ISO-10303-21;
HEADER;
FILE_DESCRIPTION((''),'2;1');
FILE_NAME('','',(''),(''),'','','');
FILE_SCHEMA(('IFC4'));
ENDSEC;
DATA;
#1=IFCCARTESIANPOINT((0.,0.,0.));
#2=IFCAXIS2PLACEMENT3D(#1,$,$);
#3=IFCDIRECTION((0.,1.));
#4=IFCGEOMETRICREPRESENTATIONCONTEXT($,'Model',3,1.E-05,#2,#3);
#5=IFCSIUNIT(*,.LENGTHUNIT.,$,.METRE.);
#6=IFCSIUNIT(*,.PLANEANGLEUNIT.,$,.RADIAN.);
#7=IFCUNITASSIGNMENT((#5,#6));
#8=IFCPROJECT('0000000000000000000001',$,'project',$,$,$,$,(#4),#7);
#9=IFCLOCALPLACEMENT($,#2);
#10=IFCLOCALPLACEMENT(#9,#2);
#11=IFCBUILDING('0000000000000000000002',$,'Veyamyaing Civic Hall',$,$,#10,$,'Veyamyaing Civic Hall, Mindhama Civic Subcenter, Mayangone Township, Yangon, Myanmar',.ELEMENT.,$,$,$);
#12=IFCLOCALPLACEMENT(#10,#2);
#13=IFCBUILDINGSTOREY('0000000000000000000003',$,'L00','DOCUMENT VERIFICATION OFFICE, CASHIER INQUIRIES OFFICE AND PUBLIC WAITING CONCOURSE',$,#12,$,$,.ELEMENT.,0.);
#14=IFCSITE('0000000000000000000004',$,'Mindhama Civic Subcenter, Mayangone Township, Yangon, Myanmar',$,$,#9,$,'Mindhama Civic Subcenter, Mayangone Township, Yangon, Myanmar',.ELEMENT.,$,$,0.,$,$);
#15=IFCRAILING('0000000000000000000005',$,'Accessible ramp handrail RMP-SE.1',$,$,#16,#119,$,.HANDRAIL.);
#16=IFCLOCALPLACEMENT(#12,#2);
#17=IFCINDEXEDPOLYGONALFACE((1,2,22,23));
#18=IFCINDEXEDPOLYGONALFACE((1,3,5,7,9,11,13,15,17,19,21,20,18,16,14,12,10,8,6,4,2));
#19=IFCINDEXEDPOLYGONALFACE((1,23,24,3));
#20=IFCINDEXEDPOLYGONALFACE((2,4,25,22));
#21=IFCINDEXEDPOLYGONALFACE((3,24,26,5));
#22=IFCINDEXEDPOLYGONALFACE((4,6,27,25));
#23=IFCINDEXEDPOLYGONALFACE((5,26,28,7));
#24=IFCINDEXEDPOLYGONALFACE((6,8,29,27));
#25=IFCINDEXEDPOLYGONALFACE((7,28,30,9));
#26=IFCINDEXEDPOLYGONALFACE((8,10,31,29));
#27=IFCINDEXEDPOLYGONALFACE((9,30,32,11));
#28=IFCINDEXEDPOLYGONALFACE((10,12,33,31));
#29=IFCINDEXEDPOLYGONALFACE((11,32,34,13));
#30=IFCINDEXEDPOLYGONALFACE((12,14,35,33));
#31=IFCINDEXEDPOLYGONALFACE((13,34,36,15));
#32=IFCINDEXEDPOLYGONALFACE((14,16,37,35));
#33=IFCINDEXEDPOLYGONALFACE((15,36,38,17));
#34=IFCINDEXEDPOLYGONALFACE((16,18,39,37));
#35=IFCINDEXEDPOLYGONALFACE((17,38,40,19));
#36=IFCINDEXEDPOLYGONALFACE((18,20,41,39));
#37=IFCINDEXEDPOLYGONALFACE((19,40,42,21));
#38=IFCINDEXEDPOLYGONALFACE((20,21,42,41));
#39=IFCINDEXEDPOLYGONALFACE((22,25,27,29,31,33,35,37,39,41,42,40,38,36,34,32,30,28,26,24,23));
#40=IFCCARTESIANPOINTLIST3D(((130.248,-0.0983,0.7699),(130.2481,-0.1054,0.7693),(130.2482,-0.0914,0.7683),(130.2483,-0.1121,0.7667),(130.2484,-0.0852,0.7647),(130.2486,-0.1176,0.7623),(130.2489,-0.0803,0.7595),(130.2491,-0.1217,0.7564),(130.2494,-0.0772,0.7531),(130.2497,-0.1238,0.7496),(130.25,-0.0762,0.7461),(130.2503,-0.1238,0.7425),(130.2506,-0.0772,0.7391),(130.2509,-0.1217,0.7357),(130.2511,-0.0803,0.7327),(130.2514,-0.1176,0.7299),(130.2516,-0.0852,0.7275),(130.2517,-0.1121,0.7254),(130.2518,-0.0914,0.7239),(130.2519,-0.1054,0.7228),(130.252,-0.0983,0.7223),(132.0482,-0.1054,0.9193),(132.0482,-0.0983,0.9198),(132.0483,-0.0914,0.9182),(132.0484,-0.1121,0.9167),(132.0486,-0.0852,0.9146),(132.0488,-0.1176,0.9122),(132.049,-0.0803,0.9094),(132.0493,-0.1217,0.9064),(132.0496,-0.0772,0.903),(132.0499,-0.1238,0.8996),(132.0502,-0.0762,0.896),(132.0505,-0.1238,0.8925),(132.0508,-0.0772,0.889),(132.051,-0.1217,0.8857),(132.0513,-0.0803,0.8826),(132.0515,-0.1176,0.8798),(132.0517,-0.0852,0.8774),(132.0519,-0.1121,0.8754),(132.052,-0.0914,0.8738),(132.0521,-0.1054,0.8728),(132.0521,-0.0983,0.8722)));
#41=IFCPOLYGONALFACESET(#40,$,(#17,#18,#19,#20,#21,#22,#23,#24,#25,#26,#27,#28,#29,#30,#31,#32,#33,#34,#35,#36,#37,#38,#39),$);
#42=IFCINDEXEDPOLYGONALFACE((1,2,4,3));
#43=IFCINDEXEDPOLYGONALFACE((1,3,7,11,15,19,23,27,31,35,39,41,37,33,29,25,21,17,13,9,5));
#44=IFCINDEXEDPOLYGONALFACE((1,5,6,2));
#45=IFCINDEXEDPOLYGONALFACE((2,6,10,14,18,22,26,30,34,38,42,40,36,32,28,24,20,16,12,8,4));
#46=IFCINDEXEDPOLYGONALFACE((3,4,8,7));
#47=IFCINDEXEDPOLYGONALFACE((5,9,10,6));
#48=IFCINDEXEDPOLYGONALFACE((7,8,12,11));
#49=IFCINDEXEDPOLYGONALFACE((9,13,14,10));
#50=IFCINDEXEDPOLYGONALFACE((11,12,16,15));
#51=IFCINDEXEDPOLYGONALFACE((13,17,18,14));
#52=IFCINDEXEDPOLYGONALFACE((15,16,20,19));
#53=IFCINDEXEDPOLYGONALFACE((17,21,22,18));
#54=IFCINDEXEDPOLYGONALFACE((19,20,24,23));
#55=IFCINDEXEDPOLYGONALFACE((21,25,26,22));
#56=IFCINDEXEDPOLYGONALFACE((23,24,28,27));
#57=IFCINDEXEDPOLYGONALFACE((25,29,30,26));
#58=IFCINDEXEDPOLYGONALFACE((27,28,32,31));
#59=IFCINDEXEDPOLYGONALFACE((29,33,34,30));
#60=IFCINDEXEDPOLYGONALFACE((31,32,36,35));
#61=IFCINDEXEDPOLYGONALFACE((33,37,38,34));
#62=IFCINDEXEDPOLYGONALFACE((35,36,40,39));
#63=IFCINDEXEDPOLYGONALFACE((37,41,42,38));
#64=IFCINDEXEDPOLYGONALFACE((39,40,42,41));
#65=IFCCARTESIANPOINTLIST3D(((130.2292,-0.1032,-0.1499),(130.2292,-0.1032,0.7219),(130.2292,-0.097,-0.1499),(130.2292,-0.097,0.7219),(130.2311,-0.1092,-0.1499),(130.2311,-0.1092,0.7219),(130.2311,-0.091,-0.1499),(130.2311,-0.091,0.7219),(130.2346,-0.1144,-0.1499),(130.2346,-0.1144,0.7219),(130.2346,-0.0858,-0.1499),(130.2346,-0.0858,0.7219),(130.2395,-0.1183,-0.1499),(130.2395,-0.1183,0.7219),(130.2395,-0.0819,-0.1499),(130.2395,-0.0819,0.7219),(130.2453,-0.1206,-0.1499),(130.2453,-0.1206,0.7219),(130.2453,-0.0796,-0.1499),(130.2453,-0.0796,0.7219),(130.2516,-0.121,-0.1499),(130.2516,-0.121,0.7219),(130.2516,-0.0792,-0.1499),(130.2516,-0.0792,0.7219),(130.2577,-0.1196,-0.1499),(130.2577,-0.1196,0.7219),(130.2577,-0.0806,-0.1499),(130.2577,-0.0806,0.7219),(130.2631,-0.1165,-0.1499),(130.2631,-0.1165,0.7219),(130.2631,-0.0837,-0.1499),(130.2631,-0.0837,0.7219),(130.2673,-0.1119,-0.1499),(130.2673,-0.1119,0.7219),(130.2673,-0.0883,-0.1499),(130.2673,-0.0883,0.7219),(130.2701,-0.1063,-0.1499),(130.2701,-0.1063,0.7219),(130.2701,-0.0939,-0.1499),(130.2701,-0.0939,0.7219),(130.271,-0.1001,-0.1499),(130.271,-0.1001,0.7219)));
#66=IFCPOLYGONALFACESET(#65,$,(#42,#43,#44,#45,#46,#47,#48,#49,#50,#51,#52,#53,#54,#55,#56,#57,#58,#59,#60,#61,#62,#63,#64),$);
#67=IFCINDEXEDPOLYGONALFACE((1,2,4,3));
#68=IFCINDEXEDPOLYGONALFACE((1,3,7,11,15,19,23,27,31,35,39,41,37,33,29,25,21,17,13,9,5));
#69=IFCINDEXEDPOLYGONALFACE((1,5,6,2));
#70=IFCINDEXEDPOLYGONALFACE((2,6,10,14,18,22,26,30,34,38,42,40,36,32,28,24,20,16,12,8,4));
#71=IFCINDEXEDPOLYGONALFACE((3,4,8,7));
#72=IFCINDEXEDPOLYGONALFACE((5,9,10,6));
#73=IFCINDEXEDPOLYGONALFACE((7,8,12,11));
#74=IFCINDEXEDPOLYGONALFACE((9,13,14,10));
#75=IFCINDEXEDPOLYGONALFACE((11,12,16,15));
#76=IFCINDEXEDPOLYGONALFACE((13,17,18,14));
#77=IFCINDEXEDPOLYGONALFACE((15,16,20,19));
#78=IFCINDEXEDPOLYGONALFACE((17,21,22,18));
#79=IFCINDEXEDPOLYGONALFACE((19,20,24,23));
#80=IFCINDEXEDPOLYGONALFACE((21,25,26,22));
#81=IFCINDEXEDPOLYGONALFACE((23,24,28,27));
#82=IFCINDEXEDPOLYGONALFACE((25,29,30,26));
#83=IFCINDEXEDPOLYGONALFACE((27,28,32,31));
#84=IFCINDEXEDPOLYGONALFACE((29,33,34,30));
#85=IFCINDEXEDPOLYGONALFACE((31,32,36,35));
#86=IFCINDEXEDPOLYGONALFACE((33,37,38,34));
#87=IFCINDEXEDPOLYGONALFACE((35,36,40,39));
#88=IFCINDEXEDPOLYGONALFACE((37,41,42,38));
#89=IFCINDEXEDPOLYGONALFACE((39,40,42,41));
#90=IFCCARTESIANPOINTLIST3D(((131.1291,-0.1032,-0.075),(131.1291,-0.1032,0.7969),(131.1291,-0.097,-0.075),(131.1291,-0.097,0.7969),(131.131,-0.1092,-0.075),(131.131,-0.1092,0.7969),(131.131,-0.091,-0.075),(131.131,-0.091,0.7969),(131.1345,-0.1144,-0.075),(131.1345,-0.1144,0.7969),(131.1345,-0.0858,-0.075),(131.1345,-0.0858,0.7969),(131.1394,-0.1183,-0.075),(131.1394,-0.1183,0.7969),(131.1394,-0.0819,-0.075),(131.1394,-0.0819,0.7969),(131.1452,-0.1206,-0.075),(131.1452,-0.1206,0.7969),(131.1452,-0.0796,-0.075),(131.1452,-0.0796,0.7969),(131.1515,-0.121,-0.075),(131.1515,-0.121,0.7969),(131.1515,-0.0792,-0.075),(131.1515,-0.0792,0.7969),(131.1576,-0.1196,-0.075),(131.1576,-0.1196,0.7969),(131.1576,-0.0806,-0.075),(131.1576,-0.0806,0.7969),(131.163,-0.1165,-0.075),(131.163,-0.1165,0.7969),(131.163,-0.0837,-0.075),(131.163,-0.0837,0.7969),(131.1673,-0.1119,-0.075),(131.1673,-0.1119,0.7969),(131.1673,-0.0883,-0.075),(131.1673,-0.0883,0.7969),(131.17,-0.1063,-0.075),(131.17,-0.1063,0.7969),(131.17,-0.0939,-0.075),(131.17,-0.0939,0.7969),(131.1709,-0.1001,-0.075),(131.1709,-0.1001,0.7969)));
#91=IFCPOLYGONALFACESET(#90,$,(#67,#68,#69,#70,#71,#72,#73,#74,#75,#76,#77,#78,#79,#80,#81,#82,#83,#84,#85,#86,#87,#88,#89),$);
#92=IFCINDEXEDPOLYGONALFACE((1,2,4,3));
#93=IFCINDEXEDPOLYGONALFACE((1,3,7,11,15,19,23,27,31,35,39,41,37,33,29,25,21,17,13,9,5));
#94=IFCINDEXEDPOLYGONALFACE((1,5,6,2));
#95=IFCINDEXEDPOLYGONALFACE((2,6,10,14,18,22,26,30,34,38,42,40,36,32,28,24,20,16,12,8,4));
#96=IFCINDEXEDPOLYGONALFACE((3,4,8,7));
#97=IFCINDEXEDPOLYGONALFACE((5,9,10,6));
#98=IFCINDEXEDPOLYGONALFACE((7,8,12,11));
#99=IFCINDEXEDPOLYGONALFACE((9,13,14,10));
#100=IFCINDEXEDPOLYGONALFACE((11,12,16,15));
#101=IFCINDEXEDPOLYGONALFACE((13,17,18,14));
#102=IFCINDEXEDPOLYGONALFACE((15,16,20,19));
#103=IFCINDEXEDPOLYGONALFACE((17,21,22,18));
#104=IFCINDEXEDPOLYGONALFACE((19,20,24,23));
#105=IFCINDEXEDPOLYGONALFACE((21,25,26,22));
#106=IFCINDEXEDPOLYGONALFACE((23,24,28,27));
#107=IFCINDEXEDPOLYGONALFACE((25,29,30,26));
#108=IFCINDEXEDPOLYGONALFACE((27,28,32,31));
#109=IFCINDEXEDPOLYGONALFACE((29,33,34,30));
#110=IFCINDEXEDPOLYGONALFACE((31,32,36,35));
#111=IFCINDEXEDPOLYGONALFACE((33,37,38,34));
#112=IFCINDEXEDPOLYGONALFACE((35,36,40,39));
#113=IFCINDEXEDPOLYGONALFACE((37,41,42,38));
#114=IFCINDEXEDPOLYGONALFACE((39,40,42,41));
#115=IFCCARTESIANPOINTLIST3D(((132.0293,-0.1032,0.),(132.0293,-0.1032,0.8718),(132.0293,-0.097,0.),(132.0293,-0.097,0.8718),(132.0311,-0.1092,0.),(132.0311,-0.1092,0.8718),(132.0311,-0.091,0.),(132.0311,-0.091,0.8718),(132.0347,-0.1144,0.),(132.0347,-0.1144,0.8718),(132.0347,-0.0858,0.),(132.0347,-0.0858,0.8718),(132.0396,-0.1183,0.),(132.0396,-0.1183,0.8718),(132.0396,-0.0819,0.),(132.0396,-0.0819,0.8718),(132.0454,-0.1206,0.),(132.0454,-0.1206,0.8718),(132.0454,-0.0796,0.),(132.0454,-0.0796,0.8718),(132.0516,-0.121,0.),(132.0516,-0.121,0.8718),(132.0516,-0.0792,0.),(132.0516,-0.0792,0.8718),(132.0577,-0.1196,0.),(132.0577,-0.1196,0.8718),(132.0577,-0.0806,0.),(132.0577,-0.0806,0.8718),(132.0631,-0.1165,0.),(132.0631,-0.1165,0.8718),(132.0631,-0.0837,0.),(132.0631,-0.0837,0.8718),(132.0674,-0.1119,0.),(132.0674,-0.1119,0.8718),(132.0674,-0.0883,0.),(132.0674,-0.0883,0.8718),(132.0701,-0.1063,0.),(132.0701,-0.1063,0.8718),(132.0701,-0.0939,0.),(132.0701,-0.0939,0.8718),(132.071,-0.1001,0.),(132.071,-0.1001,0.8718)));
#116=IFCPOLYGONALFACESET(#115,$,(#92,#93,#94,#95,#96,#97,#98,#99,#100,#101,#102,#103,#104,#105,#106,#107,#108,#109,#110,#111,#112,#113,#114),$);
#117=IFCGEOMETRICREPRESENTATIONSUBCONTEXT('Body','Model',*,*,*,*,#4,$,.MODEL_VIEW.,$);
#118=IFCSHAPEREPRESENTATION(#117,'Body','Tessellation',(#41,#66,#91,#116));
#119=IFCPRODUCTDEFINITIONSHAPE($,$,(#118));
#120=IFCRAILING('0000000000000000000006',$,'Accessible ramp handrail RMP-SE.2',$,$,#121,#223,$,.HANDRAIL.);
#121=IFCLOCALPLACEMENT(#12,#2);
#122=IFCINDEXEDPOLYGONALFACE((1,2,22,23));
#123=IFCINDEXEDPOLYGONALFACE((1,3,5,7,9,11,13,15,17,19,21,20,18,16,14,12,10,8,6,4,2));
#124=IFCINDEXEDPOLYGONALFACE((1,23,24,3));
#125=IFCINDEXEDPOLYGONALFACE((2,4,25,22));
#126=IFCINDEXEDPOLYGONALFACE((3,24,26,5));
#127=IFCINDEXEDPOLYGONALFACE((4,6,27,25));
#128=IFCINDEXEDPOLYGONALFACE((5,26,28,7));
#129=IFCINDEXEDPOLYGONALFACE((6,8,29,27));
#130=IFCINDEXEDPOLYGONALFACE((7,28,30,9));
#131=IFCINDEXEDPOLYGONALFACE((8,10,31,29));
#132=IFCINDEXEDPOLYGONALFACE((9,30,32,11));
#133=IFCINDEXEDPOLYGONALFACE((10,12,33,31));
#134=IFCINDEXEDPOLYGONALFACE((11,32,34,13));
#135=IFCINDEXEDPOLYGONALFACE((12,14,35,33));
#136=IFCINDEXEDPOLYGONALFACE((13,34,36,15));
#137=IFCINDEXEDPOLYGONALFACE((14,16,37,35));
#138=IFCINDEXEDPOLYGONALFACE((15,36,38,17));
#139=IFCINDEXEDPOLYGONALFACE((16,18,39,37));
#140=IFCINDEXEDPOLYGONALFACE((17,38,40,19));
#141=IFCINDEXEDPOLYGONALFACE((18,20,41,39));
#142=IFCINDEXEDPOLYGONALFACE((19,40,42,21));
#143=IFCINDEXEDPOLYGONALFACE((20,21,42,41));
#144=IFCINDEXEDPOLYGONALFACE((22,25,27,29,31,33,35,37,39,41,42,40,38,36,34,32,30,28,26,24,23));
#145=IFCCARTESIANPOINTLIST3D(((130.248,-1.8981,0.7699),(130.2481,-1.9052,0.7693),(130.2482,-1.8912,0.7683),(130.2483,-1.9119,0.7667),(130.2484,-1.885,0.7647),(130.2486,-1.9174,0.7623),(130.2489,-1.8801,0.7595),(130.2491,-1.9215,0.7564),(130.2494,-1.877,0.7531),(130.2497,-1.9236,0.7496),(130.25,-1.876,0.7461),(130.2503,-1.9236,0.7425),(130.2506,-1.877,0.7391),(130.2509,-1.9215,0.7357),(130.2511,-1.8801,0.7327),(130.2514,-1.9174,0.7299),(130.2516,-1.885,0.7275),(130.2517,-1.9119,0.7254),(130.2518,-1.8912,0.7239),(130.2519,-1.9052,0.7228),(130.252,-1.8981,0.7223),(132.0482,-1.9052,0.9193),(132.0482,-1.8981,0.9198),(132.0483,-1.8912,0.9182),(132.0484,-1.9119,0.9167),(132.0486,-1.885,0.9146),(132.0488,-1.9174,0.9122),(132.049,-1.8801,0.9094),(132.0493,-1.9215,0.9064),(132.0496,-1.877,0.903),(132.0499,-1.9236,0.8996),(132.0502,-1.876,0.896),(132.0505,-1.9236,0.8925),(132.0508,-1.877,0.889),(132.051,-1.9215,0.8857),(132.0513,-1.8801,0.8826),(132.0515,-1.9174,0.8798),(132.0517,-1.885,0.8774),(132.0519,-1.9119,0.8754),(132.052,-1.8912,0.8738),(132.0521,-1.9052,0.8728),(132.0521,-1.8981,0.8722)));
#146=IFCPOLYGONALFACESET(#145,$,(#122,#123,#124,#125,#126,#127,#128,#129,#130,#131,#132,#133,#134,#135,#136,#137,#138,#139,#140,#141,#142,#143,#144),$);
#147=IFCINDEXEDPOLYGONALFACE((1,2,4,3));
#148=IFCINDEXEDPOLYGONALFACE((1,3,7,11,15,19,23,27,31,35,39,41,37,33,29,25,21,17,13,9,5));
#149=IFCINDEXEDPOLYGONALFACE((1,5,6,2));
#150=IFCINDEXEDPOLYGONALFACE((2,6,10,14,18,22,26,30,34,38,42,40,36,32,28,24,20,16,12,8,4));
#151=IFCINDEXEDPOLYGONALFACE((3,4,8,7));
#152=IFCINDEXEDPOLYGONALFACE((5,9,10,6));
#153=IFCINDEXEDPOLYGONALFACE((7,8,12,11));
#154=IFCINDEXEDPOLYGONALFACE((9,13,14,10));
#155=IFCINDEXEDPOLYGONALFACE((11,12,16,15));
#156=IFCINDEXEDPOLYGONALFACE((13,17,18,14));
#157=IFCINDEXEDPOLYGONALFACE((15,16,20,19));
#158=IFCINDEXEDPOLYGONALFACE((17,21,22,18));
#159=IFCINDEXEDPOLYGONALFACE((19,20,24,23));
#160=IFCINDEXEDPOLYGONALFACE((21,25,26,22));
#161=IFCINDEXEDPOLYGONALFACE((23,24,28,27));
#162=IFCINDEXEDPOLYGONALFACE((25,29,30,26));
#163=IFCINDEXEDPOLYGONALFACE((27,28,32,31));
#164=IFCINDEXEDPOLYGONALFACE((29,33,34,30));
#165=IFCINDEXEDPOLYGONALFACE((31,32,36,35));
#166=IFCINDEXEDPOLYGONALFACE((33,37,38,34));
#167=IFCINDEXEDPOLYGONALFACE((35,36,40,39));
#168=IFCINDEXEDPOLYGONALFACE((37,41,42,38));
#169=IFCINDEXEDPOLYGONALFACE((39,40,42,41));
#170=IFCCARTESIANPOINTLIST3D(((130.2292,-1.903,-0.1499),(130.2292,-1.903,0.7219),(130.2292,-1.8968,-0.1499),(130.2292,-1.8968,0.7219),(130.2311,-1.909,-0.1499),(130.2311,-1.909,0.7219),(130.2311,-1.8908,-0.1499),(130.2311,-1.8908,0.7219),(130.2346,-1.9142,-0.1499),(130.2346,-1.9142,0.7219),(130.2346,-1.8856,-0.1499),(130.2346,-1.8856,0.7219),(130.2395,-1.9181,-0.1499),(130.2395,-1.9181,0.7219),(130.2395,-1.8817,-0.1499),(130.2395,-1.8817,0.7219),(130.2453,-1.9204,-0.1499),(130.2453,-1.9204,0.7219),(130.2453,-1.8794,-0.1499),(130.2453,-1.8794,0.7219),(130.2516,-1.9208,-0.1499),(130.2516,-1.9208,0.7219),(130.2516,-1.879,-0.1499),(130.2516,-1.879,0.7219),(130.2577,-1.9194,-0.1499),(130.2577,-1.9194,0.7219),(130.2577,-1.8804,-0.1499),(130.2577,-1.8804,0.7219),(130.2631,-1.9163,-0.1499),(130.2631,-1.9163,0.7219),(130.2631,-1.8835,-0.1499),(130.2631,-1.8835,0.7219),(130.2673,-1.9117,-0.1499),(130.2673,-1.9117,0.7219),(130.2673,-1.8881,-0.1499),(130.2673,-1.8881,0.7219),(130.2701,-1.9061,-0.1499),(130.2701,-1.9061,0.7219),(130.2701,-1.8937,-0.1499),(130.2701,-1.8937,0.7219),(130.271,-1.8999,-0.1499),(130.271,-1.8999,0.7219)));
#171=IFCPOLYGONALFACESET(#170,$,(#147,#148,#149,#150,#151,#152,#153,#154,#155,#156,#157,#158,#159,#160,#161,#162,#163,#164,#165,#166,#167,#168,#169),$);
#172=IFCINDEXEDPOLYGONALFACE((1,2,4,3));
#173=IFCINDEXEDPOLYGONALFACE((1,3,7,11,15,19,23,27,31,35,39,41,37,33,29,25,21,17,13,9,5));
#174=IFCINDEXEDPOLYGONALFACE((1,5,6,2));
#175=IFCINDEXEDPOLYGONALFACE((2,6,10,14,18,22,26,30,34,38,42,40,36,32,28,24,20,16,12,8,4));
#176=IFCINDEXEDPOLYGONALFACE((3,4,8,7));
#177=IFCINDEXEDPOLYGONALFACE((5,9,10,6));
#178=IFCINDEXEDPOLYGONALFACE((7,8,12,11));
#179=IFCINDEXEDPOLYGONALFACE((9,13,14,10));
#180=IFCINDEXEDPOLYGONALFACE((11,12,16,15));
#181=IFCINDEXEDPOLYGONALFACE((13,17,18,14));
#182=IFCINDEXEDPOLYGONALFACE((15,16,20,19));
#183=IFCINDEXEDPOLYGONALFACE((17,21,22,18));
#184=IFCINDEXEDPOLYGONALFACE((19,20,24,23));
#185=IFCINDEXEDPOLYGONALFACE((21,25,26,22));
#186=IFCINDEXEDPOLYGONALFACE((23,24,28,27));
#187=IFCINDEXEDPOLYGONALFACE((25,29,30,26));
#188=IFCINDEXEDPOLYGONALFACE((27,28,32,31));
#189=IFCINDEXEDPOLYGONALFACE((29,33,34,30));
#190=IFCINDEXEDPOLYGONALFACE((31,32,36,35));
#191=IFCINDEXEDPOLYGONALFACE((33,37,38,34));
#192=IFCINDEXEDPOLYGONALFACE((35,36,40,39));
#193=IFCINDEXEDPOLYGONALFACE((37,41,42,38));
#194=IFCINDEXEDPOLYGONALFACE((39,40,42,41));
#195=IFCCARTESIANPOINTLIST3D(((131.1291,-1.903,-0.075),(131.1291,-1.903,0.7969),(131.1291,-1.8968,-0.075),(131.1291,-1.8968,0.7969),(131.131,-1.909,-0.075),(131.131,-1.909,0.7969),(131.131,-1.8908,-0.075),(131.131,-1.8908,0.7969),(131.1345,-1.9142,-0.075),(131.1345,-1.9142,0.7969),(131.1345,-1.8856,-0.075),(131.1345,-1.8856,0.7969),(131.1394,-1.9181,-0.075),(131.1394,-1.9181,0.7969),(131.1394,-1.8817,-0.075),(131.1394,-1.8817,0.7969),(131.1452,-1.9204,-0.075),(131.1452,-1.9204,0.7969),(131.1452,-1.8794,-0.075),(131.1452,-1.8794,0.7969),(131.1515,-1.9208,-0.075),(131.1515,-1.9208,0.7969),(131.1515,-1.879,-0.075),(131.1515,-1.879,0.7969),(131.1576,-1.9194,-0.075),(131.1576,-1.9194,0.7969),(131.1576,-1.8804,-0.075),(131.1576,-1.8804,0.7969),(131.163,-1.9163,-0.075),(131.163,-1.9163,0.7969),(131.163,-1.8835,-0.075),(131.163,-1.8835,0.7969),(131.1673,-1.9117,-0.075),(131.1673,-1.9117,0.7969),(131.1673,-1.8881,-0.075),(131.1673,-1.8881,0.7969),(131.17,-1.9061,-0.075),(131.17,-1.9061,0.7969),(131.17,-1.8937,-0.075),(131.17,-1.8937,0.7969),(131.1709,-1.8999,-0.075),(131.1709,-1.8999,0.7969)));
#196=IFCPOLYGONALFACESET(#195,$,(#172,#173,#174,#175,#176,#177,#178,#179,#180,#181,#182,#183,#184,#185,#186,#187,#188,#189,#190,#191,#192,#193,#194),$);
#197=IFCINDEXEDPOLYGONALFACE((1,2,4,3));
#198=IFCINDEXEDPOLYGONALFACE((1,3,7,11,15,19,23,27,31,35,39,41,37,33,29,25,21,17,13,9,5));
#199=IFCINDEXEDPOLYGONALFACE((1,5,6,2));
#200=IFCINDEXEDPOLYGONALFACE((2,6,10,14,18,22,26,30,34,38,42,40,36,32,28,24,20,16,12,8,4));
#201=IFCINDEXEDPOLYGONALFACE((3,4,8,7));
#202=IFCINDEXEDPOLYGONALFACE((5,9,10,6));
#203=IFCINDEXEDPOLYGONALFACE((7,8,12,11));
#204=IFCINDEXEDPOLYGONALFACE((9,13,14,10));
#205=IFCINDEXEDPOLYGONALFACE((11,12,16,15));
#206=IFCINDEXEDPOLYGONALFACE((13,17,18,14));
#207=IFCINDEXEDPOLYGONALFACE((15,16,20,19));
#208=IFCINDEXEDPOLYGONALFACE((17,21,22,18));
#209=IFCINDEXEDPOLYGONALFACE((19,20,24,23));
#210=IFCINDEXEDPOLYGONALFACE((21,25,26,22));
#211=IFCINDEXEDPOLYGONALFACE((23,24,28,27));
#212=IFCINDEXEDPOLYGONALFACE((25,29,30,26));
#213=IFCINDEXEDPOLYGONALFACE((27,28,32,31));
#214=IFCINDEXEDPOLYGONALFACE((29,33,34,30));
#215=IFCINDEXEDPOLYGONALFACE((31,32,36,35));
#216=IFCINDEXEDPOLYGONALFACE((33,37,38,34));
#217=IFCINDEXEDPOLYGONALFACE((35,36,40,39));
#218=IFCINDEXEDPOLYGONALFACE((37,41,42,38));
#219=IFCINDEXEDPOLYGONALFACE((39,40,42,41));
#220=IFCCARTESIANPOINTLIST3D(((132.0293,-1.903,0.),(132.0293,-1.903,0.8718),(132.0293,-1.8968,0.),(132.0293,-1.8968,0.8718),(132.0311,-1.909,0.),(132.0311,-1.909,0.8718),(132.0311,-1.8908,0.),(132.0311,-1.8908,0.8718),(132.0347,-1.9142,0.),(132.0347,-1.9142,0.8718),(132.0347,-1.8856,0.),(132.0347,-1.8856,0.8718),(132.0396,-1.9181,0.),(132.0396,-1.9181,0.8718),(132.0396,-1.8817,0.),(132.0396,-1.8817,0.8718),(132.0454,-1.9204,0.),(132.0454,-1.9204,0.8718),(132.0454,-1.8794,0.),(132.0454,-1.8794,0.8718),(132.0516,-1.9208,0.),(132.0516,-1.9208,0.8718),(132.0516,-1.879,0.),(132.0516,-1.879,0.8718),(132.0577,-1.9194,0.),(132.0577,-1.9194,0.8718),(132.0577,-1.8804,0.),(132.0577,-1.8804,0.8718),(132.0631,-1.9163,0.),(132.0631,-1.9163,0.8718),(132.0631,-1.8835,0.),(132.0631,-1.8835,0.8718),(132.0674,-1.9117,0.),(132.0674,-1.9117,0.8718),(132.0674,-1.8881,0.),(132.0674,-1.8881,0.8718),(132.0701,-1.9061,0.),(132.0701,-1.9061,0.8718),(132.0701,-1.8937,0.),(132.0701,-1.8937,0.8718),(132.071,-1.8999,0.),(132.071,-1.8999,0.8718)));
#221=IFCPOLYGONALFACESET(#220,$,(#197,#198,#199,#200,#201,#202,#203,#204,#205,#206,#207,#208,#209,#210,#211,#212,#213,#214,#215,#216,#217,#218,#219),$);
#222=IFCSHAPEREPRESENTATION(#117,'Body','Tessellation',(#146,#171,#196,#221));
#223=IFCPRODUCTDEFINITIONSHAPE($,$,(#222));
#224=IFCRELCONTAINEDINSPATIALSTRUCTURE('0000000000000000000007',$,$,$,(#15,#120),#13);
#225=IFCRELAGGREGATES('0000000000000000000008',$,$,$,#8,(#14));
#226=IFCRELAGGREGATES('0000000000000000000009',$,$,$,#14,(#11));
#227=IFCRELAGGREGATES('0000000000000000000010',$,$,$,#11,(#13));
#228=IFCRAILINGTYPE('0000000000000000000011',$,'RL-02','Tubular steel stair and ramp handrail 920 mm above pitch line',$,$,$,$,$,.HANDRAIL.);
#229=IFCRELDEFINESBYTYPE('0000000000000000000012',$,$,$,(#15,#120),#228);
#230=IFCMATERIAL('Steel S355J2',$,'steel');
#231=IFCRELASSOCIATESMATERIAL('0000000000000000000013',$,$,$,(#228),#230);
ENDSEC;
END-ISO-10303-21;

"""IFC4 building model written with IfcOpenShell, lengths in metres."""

from ifc_helpers import new_model, si_unit, direction, frame, origin, origin_2d, place, context, subcontext, project, spatial, circle, extrude, material, type_object, element, save


model = new_model("IFC4")

# Units and contexts
model_context = context("Model", 3, precision=1e-05, world=origin(), true_north=direction((0.0, 1.0)))
body_context = subcontext(model_context, "Body", "Model", "MODEL_VIEW")
ifc_project = project(units=[si_unit("LENGTHUNIT", "METRE"), si_unit("PLANEANGLEUNIT", "RADIAN")], contexts=[model_context])

# Site, building, storey
site_placement = place(None, origin())
site = spatial("IfcSite", under=ifc_project, at=site_placement, Name="Mindhama Civic Subcenter, Mayangone Township, Yangon, Myanmar", LongName="Mindhama Civic Subcenter, Mayangone Township, Yangon, Myanmar", CompositionType="ELEMENT", RefElevation=0.0)
building_placement = place(site_placement, origin())
building = spatial("IfcBuilding", under=site, at=building_placement, Name="Veyamyaing Civic Hall", LongName="Veyamyaing Civic Hall, Mindhama Civic Subcenter, Mayangone Township, Yangon, Myanmar", CompositionType="ELEMENT")
storey_placement = place(building_placement, origin())
storey = spatial("IfcBuildingStorey", under=building, at=storey_placement, Name="L00", Description="DOCUMENT VERIFICATION OFFICE, CASHIER INQUIRIES OFFICE AND PUBLIC WAITING CONCOURSE", CompositionType="ELEMENT", Elevation=0.0)

# Railings
ifc_material_1 = material(Name="Steel S355J2", Category="steel")
railing_type = type_object("IfcRailingType", Name="RL-02", Description="Tubular steel stair and ramp handrail 920 mm above pitch line", PredefinedType="HANDRAIL", material=ifc_material_1)
for number, where, name in (
    (1, (130.25, -0.1001, -0.1499), "Accessible ramp handrail RMP-SE.1"),
    (2, (130.25, -1.8999, -0.1499), "Accessible ramp handrail RMP-SE.2"),
):
    element("IfcRailing", number, at=place(storey_placement, frame(where)), inside=storey, type_object=railing_type, Name=name, PredefinedType="HANDRAIL", context=body_context, shape_type="SweptSolid", body=[
        extrude(circle(Radius=0.0239, at=origin_2d()), frame((0.0, 0.0, 0.896), z_axis=(0.99655, 0.0, 0.08299), x_axis=(0.0, 1.0, 0.0)), (0.0, 0.0, 1.0), 1.8064),
        extrude(circle(Radius=0.021, at=origin_2d()), origin(), (0.0, 0.0, 1.0), 0.8718),
        extrude(circle(Radius=0.021, at=origin_2d()), frame((0.8999, 0.0, 0.075)), (0.0, 0.0, 1.0), 0.8718),
        extrude(circle(Radius=0.021, at=origin_2d()), frame((1.8, 0.0, 0.1499)), (0.0, 0.0, 1.0), 0.8718),
    ])

save(model, "model.ifc")
